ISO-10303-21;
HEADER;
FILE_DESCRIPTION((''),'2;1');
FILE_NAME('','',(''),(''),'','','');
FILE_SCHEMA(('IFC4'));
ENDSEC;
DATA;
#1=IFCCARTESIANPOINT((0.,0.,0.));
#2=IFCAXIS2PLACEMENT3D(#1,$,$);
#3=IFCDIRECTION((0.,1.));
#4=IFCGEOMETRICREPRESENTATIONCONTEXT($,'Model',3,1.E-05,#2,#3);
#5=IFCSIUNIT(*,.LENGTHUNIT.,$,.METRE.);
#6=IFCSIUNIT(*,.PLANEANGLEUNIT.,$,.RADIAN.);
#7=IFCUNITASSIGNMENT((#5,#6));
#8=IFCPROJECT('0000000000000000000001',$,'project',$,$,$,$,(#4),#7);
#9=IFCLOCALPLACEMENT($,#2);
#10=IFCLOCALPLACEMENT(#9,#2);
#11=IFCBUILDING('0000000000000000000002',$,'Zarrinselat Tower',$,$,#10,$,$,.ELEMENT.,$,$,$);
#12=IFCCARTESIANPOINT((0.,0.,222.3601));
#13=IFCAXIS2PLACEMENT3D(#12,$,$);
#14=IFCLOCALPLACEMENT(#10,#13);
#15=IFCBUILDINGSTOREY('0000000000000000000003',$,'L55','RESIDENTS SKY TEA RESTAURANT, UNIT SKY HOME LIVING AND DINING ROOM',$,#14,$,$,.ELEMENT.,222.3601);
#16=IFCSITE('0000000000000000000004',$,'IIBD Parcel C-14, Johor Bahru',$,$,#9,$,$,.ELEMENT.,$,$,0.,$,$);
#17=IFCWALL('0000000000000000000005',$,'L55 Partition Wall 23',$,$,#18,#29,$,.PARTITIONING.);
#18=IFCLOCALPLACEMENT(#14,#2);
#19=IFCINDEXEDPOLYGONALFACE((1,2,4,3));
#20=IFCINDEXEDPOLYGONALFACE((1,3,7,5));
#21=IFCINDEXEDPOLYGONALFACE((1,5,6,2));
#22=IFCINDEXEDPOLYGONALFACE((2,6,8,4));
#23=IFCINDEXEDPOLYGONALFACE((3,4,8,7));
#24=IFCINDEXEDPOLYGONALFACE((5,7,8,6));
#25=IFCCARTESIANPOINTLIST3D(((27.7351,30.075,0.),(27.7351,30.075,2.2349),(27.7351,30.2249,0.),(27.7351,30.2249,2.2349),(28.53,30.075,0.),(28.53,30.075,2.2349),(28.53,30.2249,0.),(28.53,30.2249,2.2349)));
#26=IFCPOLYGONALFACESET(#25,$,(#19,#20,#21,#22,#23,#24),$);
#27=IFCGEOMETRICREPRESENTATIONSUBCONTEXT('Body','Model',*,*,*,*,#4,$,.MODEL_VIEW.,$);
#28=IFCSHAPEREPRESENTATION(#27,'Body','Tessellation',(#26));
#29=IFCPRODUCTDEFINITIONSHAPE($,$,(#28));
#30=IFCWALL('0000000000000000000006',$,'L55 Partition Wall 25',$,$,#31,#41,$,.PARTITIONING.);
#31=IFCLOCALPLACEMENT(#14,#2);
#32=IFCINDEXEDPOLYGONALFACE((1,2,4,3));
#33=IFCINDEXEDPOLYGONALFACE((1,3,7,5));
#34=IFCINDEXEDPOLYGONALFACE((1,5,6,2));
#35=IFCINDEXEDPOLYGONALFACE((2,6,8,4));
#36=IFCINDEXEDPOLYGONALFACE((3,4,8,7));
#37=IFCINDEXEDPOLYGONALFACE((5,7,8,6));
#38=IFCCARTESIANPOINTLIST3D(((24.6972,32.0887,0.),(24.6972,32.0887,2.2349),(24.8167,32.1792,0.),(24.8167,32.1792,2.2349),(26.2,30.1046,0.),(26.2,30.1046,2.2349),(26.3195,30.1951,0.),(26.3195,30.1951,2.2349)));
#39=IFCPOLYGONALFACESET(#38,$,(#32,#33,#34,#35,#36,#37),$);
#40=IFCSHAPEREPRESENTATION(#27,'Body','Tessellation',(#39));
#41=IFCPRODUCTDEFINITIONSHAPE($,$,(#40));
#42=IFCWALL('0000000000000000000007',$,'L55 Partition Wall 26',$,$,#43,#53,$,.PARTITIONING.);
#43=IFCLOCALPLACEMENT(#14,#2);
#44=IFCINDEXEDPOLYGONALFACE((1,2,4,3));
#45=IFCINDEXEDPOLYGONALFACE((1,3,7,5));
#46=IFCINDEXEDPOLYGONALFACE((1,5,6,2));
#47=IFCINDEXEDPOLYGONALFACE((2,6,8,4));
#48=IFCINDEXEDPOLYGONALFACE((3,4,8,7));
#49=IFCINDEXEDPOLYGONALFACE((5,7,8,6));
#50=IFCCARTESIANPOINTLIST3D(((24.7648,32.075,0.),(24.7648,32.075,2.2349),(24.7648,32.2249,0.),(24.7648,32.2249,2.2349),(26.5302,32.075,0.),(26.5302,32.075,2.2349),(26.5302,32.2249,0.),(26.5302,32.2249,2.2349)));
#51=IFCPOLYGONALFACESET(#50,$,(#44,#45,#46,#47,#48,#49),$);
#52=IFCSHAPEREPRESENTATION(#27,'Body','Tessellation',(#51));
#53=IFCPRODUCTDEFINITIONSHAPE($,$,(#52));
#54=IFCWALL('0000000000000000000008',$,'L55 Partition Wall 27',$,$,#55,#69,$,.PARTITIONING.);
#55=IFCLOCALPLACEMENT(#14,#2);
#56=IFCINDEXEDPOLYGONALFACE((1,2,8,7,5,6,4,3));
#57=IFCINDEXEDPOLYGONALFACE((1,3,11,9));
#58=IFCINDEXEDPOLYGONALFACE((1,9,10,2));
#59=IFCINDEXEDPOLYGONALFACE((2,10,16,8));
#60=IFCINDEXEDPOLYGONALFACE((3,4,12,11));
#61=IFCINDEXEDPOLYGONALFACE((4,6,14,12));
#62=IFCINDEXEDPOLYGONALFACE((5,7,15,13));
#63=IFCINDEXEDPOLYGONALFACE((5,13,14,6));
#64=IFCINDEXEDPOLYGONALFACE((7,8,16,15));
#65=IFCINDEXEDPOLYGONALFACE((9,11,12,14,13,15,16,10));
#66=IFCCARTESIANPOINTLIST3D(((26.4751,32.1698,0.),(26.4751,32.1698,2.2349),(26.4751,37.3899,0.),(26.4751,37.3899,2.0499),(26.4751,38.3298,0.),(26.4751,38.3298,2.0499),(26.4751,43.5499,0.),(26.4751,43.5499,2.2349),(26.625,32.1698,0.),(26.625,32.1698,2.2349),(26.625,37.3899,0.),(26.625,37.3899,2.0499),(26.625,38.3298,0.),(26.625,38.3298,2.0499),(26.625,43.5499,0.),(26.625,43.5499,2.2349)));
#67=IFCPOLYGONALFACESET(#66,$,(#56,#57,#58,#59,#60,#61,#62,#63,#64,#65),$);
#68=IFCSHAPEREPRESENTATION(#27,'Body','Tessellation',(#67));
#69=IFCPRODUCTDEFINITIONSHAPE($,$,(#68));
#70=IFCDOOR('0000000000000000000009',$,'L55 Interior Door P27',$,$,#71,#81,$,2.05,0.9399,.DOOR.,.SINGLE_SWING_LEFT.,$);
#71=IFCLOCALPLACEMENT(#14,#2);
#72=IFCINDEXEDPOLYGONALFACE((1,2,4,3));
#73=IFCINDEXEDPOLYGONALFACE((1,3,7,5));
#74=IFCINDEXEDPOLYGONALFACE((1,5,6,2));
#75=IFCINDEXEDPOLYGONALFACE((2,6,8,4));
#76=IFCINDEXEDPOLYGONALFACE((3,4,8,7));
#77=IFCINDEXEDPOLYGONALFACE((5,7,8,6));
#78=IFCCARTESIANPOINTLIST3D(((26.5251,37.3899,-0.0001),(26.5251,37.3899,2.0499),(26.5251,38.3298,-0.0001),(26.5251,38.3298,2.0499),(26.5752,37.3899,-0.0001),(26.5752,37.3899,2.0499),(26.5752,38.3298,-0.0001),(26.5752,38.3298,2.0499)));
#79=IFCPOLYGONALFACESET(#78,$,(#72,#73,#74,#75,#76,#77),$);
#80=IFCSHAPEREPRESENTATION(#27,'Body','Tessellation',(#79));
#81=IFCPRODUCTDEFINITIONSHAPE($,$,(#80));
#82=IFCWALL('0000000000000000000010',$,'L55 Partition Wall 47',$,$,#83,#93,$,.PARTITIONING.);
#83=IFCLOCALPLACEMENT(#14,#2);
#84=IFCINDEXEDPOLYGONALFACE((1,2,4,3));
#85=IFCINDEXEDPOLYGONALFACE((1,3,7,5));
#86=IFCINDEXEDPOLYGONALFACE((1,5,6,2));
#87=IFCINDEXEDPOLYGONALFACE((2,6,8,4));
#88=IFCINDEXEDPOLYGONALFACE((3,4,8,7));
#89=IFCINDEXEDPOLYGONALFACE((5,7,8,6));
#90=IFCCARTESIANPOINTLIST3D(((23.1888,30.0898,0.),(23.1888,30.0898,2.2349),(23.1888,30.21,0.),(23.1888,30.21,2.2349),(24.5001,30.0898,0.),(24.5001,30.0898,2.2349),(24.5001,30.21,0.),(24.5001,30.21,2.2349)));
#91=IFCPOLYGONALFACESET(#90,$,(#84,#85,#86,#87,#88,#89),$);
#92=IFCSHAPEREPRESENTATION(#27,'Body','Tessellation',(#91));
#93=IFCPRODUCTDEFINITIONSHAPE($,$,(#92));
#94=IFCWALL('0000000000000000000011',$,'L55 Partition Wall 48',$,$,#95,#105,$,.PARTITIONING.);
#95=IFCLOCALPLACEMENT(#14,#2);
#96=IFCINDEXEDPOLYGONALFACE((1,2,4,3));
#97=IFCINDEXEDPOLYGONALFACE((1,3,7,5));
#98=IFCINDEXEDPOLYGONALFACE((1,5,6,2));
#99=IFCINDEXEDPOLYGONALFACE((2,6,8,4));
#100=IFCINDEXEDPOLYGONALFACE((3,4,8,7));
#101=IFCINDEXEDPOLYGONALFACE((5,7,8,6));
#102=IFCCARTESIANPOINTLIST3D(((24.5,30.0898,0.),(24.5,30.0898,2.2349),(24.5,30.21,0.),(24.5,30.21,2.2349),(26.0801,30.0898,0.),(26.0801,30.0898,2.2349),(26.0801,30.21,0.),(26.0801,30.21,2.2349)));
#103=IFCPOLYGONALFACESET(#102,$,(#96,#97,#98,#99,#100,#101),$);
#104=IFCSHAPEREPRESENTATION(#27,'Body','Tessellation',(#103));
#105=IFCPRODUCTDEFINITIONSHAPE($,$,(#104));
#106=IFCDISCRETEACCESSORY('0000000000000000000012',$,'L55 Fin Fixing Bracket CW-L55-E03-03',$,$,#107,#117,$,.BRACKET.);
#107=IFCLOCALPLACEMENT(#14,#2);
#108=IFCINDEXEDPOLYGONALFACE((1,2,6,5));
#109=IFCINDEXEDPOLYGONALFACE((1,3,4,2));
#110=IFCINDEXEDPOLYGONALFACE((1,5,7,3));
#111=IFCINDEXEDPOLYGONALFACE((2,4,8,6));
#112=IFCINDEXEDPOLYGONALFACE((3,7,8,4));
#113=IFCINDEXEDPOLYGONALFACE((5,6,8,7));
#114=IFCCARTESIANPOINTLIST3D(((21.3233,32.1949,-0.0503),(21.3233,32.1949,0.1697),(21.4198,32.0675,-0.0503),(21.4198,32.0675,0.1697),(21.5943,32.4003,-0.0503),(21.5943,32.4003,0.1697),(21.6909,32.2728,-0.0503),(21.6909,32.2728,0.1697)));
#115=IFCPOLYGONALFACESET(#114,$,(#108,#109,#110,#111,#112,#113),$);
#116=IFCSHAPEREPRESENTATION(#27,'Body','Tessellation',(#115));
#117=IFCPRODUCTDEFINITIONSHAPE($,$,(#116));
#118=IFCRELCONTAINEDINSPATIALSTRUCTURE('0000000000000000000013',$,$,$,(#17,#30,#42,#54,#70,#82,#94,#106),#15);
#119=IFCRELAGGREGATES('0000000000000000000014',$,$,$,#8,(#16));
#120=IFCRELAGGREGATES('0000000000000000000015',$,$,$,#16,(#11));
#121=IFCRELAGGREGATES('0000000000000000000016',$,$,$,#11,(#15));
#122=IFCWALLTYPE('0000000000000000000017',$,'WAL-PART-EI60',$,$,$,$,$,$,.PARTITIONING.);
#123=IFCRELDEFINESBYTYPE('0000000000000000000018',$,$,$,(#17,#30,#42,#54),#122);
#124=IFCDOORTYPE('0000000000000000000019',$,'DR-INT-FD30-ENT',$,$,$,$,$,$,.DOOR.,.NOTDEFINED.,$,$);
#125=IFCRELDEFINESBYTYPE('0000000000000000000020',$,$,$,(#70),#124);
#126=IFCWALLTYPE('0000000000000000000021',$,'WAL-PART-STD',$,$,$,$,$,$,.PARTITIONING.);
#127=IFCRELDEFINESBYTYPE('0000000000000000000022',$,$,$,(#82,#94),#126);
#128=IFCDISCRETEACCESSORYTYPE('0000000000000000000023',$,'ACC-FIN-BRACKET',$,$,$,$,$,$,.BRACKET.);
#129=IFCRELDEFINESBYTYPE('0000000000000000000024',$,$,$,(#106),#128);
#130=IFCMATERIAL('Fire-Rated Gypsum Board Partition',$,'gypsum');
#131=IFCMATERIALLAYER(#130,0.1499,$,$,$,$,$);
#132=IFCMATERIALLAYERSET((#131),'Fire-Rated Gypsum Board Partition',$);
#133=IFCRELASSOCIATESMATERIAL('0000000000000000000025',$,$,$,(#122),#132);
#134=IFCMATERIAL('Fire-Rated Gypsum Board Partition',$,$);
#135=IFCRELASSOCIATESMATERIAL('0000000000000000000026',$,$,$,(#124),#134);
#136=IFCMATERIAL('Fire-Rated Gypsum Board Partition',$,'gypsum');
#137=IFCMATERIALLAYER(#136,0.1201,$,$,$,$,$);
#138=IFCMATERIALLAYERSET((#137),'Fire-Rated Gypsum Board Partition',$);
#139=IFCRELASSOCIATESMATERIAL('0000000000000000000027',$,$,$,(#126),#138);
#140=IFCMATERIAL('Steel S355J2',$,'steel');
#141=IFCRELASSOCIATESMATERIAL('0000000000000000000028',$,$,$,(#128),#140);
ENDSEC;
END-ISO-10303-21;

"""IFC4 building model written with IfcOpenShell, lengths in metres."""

from ifc_helpers import new_model, si_unit, direction, frame, frame_2d, origin, origin_2d, place, context, subcontext, project, spatial, rectangle, extrude, material, layer, layer_set, type_object, element, fill, save


model = new_model("IFC4")

# Units and contexts
model_context = context("Model", 3, precision=1e-05, world=origin(), true_north=direction((0.0, 1.0)))
body_context = subcontext(model_context, "Body", "Model", "MODEL_VIEW")
ifc_project = project(units=[si_unit("LENGTHUNIT", "METRE"), si_unit("PLANEANGLEUNIT", "RADIAN")], contexts=[model_context])

# Site, building, storey
site_placement = place(None, origin())
site = spatial("IfcSite", under=ifc_project, at=site_placement, Name="IIBD Parcel C-14, Johor Bahru", CompositionType="ELEMENT", RefElevation=0.0)
building_placement = place(site_placement, origin())
building = spatial("IfcBuilding", under=site, at=building_placement, Name="Zarrinselat Tower", CompositionType="ELEMENT")
storey_placement = place(building_placement, frame((0.0, 0.0, 222.3601)))
storey = spatial("IfcBuildingStorey", under=building, at=storey_placement, Name="L55", Description="RESIDENTS SKY TEA RESTAURANT, UNIT SKY HOME LIVING AND DINING ROOM", CompositionType="ELEMENT", Elevation=222.3601)

# Shared definitions
ifc_material_1 = material(Name="Fire-Rated Gypsum Board Partition", Category="gypsum")
ifc_layer_1 = layer(ifc_material_1, 0.1499)
ifc_layer_set_1 = layer_set([ifc_layer_1], Name="Fire-Rated Gypsum Board Partition")
wall_type_1 = type_object("IfcWallType", Name="WAL-PART-EI60", PredefinedType="PARTITIONING", material=ifc_layer_set_1)
ifc_material_2 = material(Name="Fire-Rated Gypsum Board Partition")
door_type_1 = type_object("IfcDoorType", Name="DR-INT-FD30-ENT", OperationType="NOTDEFINED", PredefinedType="DOOR", material=ifc_material_2)

# Walls
wall_1_placement = place(storey_placement, frame((27.7351, 30.1499, 0.0), z_axis=(0.0, 0.0, 1.0), x_axis=(1.0, 0.0, 0.0)))
element("IfcWall", 1, at=wall_1_placement, inside=storey, type_object=wall_type_1, Name="L55 Partition Wall 23", PredefinedType="PARTITIONING", context=body_context, shape_type="SweptSolid", body=[
    extrude(rectangle(XDim=0.7949, YDim=0.1499, at=frame_2d((0.3975, 0.0))), origin(), (0.0, 0.0, 1.0), 2.2349),
])
wall_2_placement = place(storey_placement, frame((24.7568, 32.134, 0.0), z_axis=(0.0, 0.0, 1.0), x_axis=(0.603807, -0.797131, 0.0)))
element("IfcWall", 2, at=wall_2_placement, inside=storey, type_object=wall_type_1, Name="L55 Partition Wall 25", PredefinedType="PARTITIONING", context=body_context, shape_type="SweptSolid", body=[
    extrude(rectangle(XDim=2.489, YDim=0.1499, at=frame_2d((1.2446, 0.0))), origin(), (0.0, 0.0, 1.0), 2.2349),
])
wall_3_placement = place(storey_placement, frame((24.7646, 32.1499, 0.0), z_axis=(0.0, 0.0, 1.0), x_axis=(1.0, 0.0, 0.0)))
element("IfcWall", 3, at=wall_3_placement, inside=storey, type_object=wall_type_1, Name="L55 Partition Wall 26", PredefinedType="PARTITIONING", context=body_context, shape_type="SweptSolid", body=[
    extrude(rectangle(XDim=1.7654, YDim=0.1499, at=frame_2d((0.8828, 0.0))), origin(), (0.0, 0.0, 1.0), 2.2349),
])

# Wall, opening, door
wall_4_placement = place(storey_placement, frame((26.55, 32.1699, 0.0), z_axis=(0.0, 0.0, 1.0), x_axis=(0.0, 1.0, 0.0)))
wall_4 = element("IfcWall", 4, at=wall_4_placement, inside=storey, type_object=wall_type_1, Name="L55 Partition Wall 27", PredefinedType="PARTITIONING", context=body_context, shape_type="SweptSolid", body=[
    extrude(rectangle(XDim=11.3801, YDim=0.1499, at=frame_2d((5.6899, 0.0))), origin(), (0.0, 0.0, 1.0), 2.2349),
])
opening_1_placement = place(wall_4_placement, frame((5.22, 0.0, 0.0)))
opening_1 = element("IfcOpeningElement", 5, at=opening_1_placement, cuts=wall_4, PredefinedType="OPENING", context=body_context, shape_type="SweptSolid", body=[
    extrude(rectangle(XDim=0.9399, YDim=2.05, at=frame_2d((0.47, 1.0249))), frame((0.0, 0.085, 0.0), z_axis=(0.0, -1.0, 0.0), x_axis=(1.0, 0.0, 0.0)), (0.0, 0.0, 1.0), 0.1699),
])
door_1_placement = place(opening_1_placement, origin())
door_1 = element("IfcDoor", 6, at=door_1_placement, inside=storey, type_object=door_type_1, Name="L55 Interior Door P27", OperationType="SINGLE_SWING_LEFT", OverallHeight=2.05, OverallWidth=0.9399, PredefinedType="DOOR", context=body_context, shape_type="SweptSolid", body=[
    extrude(rectangle(XDim=0.9399, YDim=2.05, at=frame_2d((0.47, 1.0249))), frame((0.0, 0.0249, 0.0), z_axis=(0.0, -1.0, 0.0), x_axis=(1.0, 0.0, 0.0)), (0.0, 0.0, 1.0), 0.05),
])
fill(opening_1, door_1)

# Walls
ifc_material_3 = material(Name="Fire-Rated Gypsum Board Partition", Category="gypsum")
ifc_layer_2 = layer(ifc_material_3, 0.1201)
ifc_layer_set_2 = layer_set([ifc_layer_2], Name="Fire-Rated Gypsum Board Partition")
wall_type_2 = type_object("IfcWallType", Name="WAL-PART-STD", PredefinedType="PARTITIONING", material=ifc_layer_set_2)
wall_5_placement = place(storey_placement, frame((23.1887, 30.1499, 0.0), z_axis=(0.0, 0.0, 1.0), x_axis=(1.0, 0.0, 0.0)))
element("IfcWall", 7, at=wall_5_placement, inside=storey, type_object=wall_type_2, Name="L55 Partition Wall 47", PredefinedType="PARTITIONING", context=body_context, shape_type="SweptSolid", body=[
    extrude(rectangle(XDim=1.3113, YDim=0.1201, at=frame_2d((0.6558, 0.0))), origin(), (0.0, 0.0, 1.0), 2.2349),
])
wall_6_placement = place(storey_placement, frame((24.5, 30.1499, 0.0), z_axis=(0.0, 0.0, 1.0), x_axis=(1.0, 0.0, 0.0)))
element("IfcWall", 8, at=wall_6_placement, inside=storey, type_object=wall_type_2, Name="L55 Partition Wall 48", PredefinedType="PARTITIONING", context=body_context, shape_type="SweptSolid", body=[
    extrude(rectangle(XDim=1.5801, YDim=0.1201, at=frame_2d((0.79, 0.0))), origin(), (0.0, 0.0, 1.0), 2.2349),
])

# Discrete accessory
ifc_material_4 = material(Name="Steel S355J2", Category="steel")
discrete_accessory_type = type_object("IfcDiscreteAccessoryType", Name="ACC-FIN-BRACKET", PredefinedType="BRACKET", material=ifc_material_4)
discrete_accessory_placement = place(storey_placement, frame((21.5071, 32.2339, -0.0503), z_axis=(0.0, 0.0, 1.0), x_axis=(-0.797091, -0.60386, 0.0)))
element("IfcDiscreteAccessory", 9, at=discrete_accessory_placement, inside=storey, type_object=discrete_accessory_type, Name="L55 Fin Fixing Bracket CW-L55-E03-03", PredefinedType="BRACKET", context=body_context, shape_type="SweptSolid", body=[
    extrude(rectangle(XDim=0.3401, YDim=0.1599, at=origin_2d()), origin(), (0.0, 0.0, 1.0), 0.22),
])

save(model, "model.ifc")
